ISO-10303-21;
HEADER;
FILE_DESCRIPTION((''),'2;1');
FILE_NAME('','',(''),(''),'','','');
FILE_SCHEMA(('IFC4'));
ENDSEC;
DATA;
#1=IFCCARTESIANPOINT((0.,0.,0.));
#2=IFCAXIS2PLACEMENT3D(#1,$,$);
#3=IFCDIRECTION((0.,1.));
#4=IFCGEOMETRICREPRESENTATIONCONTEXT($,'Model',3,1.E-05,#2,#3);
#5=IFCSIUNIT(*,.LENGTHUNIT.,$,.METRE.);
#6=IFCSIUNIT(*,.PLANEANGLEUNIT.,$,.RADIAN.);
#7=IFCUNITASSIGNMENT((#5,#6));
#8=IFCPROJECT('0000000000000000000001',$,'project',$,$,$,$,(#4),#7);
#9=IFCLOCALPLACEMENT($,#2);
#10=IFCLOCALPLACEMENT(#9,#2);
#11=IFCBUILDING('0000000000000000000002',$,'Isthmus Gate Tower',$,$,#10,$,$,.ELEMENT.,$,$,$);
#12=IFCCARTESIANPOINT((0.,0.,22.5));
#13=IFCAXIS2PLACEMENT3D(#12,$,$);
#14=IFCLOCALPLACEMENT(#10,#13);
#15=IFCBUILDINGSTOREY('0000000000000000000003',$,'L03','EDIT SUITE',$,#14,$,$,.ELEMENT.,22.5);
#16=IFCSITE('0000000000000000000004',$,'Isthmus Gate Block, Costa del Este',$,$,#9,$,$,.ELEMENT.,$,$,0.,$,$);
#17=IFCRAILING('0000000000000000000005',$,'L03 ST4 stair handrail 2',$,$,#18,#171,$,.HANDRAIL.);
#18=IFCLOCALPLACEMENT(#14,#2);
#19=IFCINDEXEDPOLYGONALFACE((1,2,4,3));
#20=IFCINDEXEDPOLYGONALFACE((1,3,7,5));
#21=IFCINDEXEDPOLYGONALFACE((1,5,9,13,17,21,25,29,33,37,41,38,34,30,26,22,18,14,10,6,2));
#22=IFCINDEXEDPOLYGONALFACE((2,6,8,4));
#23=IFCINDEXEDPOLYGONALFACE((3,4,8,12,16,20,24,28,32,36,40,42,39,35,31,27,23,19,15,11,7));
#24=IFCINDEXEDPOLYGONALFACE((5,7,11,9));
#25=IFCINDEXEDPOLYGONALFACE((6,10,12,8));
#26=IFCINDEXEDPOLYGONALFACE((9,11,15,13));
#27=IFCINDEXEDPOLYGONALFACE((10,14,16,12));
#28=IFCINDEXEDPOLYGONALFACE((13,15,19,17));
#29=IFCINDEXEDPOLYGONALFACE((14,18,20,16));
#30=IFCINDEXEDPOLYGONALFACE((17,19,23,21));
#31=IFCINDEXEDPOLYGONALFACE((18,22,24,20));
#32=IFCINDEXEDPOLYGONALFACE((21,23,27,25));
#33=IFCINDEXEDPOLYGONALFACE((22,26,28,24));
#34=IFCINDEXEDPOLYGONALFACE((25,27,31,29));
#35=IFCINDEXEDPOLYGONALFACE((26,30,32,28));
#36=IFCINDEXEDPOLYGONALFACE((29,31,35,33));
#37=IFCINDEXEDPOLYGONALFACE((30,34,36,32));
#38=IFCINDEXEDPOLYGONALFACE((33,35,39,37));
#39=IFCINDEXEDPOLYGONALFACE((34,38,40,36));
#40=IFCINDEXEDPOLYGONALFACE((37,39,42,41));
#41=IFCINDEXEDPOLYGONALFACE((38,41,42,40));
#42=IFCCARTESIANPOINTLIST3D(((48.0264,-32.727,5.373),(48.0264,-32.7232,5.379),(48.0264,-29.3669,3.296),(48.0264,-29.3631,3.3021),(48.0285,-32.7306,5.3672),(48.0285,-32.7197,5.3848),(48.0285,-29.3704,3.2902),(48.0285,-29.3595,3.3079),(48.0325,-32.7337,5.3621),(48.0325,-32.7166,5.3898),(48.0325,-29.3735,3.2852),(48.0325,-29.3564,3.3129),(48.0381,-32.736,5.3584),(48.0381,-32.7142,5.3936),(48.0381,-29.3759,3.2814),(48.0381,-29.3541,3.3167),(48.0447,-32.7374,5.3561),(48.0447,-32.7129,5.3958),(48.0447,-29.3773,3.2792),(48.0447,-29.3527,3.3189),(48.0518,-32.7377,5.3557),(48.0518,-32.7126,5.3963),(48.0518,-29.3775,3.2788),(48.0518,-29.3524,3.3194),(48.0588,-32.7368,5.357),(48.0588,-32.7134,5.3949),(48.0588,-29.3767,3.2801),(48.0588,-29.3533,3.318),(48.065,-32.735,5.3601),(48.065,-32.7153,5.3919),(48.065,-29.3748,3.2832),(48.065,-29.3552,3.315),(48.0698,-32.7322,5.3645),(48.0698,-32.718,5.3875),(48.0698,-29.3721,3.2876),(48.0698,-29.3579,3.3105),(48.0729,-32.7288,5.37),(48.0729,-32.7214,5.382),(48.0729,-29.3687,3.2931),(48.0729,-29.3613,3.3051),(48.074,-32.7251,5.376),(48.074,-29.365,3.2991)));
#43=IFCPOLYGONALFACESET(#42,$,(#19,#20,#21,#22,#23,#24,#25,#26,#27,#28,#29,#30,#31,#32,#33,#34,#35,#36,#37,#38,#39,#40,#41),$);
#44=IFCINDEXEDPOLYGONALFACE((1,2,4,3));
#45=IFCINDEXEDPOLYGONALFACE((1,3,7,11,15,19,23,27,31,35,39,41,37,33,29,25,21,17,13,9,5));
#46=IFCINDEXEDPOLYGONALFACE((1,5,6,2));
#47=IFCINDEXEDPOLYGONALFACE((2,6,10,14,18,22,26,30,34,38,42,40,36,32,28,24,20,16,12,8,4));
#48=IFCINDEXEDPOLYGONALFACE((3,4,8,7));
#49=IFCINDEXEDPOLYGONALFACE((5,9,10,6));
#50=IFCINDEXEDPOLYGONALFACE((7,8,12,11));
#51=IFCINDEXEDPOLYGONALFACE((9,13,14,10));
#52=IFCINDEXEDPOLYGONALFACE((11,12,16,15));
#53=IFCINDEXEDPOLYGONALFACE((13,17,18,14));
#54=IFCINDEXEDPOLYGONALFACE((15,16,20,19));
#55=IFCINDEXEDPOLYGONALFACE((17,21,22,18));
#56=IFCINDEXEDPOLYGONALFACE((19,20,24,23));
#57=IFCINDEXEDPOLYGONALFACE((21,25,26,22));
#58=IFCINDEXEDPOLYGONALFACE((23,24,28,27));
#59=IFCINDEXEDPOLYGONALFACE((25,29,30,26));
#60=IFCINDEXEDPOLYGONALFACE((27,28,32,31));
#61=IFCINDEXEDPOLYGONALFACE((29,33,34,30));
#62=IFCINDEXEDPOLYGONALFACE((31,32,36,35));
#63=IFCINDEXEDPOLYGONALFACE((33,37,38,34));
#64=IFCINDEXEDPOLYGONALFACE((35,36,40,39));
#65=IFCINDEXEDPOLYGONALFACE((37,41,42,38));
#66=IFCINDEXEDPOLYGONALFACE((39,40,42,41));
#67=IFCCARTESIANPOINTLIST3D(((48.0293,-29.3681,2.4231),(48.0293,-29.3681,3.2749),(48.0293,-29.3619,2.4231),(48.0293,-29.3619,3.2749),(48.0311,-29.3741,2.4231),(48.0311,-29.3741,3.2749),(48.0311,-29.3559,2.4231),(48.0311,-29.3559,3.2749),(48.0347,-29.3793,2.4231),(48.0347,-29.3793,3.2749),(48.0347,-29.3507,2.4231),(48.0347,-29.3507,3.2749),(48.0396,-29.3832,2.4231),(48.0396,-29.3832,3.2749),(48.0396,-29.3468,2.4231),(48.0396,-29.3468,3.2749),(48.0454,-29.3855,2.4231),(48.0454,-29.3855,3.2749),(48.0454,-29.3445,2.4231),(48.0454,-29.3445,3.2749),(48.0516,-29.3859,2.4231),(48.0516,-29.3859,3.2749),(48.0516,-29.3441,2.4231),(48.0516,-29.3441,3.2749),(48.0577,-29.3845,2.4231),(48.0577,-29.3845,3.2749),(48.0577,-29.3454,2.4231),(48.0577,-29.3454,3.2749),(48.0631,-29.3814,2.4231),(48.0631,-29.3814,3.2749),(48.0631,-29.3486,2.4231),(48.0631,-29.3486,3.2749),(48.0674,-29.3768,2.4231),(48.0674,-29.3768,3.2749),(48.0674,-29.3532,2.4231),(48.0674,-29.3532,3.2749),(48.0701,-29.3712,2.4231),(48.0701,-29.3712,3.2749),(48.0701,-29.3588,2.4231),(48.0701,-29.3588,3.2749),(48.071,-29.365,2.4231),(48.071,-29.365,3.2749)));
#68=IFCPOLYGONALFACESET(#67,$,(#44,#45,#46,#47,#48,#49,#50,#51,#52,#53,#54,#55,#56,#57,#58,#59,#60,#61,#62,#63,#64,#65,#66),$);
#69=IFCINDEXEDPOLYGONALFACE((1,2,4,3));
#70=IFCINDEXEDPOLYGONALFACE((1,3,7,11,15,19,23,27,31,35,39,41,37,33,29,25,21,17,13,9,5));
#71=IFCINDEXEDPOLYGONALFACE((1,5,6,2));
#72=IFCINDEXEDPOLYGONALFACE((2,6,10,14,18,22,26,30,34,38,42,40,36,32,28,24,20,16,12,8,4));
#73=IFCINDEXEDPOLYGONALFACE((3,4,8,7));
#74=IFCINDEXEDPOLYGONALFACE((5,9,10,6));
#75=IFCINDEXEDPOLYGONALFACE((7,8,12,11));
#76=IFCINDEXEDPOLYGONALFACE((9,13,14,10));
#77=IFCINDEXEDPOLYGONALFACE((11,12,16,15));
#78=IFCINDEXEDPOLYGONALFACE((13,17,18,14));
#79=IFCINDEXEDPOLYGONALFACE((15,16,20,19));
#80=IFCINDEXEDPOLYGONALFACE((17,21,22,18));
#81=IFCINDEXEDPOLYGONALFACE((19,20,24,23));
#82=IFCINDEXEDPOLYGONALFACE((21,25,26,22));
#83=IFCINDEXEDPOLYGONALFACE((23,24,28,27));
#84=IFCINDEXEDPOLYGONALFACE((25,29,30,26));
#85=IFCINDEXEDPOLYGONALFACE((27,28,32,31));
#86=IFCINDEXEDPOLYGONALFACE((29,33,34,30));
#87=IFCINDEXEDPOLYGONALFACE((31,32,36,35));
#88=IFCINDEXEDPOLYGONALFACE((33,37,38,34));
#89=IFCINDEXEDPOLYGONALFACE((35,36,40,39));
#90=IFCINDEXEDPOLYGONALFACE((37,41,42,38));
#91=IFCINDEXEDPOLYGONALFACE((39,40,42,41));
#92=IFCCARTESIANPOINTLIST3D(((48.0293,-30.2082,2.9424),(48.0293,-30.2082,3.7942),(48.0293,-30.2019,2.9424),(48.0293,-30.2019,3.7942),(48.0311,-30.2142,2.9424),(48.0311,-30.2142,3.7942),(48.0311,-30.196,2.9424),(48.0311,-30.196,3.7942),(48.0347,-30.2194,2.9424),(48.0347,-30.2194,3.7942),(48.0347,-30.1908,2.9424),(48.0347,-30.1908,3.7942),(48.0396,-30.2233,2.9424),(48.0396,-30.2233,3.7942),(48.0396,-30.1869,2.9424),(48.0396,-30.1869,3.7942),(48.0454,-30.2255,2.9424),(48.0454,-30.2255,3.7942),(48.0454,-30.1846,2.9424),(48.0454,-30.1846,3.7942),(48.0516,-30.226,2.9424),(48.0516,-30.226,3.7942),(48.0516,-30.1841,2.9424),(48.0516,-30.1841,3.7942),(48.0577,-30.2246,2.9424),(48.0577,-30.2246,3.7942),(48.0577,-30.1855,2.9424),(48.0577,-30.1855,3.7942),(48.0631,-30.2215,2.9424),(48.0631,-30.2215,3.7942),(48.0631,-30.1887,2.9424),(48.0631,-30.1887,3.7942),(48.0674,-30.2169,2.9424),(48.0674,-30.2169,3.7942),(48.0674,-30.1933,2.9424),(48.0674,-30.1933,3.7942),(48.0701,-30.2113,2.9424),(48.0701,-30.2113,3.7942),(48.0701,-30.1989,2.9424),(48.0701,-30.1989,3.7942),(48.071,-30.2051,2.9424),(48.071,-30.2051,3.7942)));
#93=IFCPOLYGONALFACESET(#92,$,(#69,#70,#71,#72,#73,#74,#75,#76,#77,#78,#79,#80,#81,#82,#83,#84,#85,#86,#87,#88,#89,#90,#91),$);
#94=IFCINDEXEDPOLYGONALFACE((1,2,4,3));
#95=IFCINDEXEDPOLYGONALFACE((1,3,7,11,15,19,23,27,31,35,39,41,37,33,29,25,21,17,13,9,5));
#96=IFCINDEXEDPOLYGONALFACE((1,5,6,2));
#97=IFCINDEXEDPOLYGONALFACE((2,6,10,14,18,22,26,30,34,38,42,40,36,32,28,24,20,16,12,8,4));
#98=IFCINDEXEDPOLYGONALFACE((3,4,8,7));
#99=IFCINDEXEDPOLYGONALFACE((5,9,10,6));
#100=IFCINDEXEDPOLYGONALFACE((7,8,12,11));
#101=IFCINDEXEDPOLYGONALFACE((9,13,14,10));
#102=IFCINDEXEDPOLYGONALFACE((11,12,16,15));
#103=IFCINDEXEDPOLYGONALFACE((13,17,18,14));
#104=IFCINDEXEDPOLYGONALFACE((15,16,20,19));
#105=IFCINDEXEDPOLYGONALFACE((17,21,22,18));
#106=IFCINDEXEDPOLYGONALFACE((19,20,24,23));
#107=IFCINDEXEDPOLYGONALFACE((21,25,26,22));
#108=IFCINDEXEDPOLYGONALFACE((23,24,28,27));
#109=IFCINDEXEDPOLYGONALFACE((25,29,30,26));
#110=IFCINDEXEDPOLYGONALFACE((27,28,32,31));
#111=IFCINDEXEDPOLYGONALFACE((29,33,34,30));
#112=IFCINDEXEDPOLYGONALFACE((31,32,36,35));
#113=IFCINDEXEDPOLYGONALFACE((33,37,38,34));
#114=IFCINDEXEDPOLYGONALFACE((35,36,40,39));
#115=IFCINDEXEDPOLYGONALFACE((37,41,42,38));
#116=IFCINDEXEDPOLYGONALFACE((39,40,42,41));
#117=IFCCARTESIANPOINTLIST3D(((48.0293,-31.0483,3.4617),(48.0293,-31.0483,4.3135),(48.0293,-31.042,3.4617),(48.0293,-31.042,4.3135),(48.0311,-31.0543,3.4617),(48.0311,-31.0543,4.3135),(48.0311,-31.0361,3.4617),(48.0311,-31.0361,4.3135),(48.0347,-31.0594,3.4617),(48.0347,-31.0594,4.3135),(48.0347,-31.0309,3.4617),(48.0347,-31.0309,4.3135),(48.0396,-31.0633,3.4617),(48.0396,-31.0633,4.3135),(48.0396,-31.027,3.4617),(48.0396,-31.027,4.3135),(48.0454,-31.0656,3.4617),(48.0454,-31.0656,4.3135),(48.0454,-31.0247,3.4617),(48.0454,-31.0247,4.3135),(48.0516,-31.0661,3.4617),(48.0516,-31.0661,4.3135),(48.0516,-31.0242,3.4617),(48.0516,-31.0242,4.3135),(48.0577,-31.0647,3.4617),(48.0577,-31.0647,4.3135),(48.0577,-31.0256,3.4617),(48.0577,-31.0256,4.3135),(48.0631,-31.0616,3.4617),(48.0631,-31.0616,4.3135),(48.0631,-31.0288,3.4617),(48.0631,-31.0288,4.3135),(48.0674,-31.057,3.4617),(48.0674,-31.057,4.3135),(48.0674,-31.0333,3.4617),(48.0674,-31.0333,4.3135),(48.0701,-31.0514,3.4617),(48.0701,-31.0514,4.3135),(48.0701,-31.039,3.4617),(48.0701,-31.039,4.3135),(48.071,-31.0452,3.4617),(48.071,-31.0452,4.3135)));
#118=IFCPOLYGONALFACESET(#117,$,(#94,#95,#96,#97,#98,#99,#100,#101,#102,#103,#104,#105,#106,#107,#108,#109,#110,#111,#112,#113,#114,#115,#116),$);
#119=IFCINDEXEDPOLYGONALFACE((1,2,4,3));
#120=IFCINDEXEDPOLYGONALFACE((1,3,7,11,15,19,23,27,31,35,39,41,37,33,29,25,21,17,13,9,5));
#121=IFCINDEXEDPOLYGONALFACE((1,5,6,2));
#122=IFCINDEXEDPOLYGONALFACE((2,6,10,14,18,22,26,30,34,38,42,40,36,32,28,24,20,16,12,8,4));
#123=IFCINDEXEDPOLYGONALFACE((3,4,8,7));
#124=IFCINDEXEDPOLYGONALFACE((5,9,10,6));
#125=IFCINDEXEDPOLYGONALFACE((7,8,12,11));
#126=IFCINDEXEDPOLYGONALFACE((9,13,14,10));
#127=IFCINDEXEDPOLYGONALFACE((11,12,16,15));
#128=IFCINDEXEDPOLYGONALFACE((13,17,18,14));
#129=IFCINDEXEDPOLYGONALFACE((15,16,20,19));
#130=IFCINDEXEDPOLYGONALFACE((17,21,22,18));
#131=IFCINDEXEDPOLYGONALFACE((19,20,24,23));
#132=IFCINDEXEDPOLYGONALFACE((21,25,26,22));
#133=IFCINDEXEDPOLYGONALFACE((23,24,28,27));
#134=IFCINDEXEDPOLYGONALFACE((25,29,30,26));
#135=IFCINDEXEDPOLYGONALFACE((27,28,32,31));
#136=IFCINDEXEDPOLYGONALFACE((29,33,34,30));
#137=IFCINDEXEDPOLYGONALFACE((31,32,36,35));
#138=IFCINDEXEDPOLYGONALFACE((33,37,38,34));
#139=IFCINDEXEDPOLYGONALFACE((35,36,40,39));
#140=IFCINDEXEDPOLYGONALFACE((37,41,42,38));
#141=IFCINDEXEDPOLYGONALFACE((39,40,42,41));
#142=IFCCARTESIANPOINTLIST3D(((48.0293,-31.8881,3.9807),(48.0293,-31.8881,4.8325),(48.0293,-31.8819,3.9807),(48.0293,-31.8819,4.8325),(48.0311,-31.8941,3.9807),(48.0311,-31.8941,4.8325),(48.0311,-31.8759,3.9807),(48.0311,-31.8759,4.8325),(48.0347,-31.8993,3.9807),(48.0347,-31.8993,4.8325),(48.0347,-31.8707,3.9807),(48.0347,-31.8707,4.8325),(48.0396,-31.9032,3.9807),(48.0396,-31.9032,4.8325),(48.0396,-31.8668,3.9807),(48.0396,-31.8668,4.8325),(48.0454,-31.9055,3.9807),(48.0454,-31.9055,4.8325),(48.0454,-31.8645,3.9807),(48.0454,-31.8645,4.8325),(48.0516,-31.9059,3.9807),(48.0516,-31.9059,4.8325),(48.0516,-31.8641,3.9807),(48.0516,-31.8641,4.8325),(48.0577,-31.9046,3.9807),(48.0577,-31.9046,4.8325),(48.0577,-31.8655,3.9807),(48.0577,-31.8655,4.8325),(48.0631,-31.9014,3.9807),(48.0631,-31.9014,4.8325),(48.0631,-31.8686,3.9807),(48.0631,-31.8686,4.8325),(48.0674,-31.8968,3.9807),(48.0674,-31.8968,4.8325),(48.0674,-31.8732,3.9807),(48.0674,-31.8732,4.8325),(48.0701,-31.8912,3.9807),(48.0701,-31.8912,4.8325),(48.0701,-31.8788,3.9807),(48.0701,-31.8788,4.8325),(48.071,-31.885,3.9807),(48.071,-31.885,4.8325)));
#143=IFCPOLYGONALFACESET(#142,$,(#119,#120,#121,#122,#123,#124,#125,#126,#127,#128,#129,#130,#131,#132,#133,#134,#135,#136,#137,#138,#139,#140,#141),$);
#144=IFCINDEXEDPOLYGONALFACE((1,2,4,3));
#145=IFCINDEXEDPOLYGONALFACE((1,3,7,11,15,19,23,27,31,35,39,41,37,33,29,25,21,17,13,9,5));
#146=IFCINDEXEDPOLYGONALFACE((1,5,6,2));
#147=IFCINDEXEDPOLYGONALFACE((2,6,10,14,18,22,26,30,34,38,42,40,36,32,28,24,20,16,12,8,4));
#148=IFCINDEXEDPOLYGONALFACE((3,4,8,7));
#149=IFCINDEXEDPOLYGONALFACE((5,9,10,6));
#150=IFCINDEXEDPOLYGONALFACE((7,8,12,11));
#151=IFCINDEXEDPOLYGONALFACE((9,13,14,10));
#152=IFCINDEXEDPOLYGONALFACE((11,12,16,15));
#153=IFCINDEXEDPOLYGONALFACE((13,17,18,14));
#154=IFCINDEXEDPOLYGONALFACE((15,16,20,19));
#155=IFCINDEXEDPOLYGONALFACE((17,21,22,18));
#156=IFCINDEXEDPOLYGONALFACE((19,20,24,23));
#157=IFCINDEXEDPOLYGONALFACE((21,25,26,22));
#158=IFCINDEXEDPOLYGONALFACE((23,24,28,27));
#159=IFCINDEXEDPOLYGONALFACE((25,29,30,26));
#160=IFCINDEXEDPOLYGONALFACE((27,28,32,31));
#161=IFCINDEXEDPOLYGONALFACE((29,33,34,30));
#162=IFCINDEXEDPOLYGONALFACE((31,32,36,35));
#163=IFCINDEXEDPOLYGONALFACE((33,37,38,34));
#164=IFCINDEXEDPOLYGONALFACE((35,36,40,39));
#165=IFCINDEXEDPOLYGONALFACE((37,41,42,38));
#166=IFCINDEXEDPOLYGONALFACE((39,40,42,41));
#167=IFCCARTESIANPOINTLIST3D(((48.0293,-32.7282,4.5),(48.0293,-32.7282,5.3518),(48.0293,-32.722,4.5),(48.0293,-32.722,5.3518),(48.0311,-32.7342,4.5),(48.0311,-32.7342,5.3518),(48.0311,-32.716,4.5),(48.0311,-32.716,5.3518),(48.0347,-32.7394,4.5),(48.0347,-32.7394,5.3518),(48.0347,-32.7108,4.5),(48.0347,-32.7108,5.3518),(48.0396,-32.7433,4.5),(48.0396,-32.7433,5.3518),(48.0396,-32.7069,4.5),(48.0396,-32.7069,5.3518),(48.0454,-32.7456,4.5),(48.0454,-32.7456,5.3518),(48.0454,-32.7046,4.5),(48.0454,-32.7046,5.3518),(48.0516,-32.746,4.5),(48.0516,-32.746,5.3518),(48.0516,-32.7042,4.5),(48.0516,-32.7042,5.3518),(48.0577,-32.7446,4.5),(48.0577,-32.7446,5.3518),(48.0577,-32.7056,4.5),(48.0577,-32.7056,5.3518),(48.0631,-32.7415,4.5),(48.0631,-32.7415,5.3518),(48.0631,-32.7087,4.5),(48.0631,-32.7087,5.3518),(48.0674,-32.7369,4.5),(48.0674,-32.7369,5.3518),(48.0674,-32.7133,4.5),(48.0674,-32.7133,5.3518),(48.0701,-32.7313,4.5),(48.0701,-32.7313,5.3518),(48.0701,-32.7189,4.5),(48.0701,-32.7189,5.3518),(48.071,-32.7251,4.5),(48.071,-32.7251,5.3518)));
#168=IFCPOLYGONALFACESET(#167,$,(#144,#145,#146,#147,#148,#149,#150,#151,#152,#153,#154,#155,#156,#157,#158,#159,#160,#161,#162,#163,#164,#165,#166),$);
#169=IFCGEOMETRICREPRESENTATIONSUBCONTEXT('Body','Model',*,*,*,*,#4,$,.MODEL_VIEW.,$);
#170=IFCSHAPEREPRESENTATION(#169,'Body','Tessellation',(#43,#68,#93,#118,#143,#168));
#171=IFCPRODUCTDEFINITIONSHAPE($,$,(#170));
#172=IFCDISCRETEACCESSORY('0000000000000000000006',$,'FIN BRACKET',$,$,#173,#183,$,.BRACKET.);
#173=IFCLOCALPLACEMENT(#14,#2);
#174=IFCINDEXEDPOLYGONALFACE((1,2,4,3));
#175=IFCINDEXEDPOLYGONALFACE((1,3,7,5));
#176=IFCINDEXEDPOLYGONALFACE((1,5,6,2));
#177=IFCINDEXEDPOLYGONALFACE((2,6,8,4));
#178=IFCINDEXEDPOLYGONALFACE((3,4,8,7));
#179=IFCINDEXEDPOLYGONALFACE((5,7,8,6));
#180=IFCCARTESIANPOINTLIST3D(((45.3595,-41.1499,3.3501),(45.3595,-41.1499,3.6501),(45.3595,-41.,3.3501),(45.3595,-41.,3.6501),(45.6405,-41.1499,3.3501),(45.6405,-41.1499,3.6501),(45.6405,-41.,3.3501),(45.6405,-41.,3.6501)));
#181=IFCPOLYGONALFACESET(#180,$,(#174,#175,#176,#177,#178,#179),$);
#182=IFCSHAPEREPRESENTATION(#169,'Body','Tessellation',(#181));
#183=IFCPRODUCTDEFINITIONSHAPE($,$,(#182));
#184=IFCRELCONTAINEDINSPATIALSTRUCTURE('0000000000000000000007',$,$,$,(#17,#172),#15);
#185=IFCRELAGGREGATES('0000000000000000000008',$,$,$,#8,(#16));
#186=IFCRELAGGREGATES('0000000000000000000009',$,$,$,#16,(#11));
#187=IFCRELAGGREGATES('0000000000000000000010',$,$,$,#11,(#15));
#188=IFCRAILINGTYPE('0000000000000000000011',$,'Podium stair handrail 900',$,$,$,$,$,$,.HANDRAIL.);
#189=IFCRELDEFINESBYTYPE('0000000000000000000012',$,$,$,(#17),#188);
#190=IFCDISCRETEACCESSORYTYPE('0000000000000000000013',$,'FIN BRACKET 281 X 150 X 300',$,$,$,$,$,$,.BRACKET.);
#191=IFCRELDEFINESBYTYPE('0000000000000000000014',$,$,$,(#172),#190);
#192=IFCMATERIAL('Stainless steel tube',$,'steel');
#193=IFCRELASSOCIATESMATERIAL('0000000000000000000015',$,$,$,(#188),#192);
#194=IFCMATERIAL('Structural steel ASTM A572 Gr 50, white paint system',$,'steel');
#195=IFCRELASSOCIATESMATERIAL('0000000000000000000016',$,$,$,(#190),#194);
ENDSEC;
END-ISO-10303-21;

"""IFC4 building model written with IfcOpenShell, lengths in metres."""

from ifc_helpers import new_model, si_unit, direction, frame, origin, origin_2d, place, context, subcontext, project, spatial, rectangle, circle, extrude, material, type_object, element, save


model = new_model("IFC4")

# Units and contexts
model_context = context("Model", 3, precision=1e-05, world=origin(), true_north=direction((0.0, 1.0)))
body_context = subcontext(model_context, "Body", "Model", "MODEL_VIEW")
ifc_project = project(units=[si_unit("LENGTHUNIT", "METRE"), si_unit("PLANEANGLEUNIT", "RADIAN")], contexts=[model_context])

# Site, building, storey
site_placement = place(None, origin())
site = spatial("IfcSite", under=ifc_project, at=site_placement, Name="Isthmus Gate Block, Costa del Este", CompositionType="ELEMENT", RefElevation=0.0)
building_placement = place(site_placement, origin())
building = spatial("IfcBuilding", under=site, at=building_placement, Name="Isthmus Gate Tower", CompositionType="ELEMENT")
storey_placement = place(building_placement, frame((0.0, 0.0, 22.5)))
storey = spatial("IfcBuildingStorey", under=building, at=storey_placement, Name="L03", Description="EDIT SUITE", CompositionType="ELEMENT", Elevation=22.5)

# Railing
ifc_material_1 = material(Name="Stainless steel tube", Category="steel")
railing_type_1 = type_object("IfcRailingType", Name="Podium stair handrail 900", PredefinedType="HANDRAIL", material=ifc_material_1)
railing_1_placement = place(storey_placement, frame((48.05, -29.365, 2.4231)))
element("IfcRailing", 1, at=railing_1_placement, inside=storey, type_object=railing_type_1, Name="L03 ST4 stair handrail 2", PredefinedType="HANDRAIL", context=body_context, shape_type="SweptSolid", body=[
    extrude(circle(Radius=0.0239, at=origin_2d()), frame((0.0, 0.0, 0.876), z_axis=(0.0, -0.850623, 0.525776), x_axis=(1.0, 0.0, 0.0)), (0.0, 0.0, 1.0), 3.9502),
    extrude(circle(Radius=0.021, at=origin_2d()), origin(), (0.0, 0.0, 1.0), 0.8518),
    extrude(circle(Radius=0.021, at=origin_2d()), frame((0.0, -0.8401, 0.5193)), (0.0, 0.0, 1.0), 0.8518),
    extrude(circle(Radius=0.021, at=origin_2d()), frame((0.0, -1.6802, 1.0386)), (0.0, 0.0, 1.0), 0.8518),
    extrude(circle(Radius=0.021, at=origin_2d()), frame((0.0, -2.52, 1.5576)), (0.0, 0.0, 1.0), 0.8518),
    extrude(circle(Radius=0.021, at=origin_2d()), frame((0.0, -3.3601, 2.0769)), (0.0, 0.0, 1.0), 0.8518),
])

# Discrete accessory
ifc_material_2 = material(Name="Structural steel ASTM A572 Gr 50, white paint system", Category="steel")
discrete_accessory_type = type_object("IfcDiscreteAccessoryType", Name="FIN BRACKET 281 X 150 X 300", PredefinedType="BRACKET", material=ifc_material_2)
discrete_accessory_placement = place(storey_placement, frame((45.5, -41.075, 3.3501), z_axis=(0.0, 0.0, 1.0), x_axis=(0.0, -1.0, 0.0)))
element("IfcDiscreteAccessory", 2, at=discrete_accessory_placement, inside=storey, type_object=discrete_accessory_type, Name="FIN BRACKET", PredefinedType="BRACKET", context=body_context, shape_type="SweptSolid", body=[
    extrude(rectangle(XDim=0.1499, YDim=0.281, at=origin_2d()), origin(), (0.0, 0.0, 1.0), 0.3),
])

save(model, "model.ifc")
